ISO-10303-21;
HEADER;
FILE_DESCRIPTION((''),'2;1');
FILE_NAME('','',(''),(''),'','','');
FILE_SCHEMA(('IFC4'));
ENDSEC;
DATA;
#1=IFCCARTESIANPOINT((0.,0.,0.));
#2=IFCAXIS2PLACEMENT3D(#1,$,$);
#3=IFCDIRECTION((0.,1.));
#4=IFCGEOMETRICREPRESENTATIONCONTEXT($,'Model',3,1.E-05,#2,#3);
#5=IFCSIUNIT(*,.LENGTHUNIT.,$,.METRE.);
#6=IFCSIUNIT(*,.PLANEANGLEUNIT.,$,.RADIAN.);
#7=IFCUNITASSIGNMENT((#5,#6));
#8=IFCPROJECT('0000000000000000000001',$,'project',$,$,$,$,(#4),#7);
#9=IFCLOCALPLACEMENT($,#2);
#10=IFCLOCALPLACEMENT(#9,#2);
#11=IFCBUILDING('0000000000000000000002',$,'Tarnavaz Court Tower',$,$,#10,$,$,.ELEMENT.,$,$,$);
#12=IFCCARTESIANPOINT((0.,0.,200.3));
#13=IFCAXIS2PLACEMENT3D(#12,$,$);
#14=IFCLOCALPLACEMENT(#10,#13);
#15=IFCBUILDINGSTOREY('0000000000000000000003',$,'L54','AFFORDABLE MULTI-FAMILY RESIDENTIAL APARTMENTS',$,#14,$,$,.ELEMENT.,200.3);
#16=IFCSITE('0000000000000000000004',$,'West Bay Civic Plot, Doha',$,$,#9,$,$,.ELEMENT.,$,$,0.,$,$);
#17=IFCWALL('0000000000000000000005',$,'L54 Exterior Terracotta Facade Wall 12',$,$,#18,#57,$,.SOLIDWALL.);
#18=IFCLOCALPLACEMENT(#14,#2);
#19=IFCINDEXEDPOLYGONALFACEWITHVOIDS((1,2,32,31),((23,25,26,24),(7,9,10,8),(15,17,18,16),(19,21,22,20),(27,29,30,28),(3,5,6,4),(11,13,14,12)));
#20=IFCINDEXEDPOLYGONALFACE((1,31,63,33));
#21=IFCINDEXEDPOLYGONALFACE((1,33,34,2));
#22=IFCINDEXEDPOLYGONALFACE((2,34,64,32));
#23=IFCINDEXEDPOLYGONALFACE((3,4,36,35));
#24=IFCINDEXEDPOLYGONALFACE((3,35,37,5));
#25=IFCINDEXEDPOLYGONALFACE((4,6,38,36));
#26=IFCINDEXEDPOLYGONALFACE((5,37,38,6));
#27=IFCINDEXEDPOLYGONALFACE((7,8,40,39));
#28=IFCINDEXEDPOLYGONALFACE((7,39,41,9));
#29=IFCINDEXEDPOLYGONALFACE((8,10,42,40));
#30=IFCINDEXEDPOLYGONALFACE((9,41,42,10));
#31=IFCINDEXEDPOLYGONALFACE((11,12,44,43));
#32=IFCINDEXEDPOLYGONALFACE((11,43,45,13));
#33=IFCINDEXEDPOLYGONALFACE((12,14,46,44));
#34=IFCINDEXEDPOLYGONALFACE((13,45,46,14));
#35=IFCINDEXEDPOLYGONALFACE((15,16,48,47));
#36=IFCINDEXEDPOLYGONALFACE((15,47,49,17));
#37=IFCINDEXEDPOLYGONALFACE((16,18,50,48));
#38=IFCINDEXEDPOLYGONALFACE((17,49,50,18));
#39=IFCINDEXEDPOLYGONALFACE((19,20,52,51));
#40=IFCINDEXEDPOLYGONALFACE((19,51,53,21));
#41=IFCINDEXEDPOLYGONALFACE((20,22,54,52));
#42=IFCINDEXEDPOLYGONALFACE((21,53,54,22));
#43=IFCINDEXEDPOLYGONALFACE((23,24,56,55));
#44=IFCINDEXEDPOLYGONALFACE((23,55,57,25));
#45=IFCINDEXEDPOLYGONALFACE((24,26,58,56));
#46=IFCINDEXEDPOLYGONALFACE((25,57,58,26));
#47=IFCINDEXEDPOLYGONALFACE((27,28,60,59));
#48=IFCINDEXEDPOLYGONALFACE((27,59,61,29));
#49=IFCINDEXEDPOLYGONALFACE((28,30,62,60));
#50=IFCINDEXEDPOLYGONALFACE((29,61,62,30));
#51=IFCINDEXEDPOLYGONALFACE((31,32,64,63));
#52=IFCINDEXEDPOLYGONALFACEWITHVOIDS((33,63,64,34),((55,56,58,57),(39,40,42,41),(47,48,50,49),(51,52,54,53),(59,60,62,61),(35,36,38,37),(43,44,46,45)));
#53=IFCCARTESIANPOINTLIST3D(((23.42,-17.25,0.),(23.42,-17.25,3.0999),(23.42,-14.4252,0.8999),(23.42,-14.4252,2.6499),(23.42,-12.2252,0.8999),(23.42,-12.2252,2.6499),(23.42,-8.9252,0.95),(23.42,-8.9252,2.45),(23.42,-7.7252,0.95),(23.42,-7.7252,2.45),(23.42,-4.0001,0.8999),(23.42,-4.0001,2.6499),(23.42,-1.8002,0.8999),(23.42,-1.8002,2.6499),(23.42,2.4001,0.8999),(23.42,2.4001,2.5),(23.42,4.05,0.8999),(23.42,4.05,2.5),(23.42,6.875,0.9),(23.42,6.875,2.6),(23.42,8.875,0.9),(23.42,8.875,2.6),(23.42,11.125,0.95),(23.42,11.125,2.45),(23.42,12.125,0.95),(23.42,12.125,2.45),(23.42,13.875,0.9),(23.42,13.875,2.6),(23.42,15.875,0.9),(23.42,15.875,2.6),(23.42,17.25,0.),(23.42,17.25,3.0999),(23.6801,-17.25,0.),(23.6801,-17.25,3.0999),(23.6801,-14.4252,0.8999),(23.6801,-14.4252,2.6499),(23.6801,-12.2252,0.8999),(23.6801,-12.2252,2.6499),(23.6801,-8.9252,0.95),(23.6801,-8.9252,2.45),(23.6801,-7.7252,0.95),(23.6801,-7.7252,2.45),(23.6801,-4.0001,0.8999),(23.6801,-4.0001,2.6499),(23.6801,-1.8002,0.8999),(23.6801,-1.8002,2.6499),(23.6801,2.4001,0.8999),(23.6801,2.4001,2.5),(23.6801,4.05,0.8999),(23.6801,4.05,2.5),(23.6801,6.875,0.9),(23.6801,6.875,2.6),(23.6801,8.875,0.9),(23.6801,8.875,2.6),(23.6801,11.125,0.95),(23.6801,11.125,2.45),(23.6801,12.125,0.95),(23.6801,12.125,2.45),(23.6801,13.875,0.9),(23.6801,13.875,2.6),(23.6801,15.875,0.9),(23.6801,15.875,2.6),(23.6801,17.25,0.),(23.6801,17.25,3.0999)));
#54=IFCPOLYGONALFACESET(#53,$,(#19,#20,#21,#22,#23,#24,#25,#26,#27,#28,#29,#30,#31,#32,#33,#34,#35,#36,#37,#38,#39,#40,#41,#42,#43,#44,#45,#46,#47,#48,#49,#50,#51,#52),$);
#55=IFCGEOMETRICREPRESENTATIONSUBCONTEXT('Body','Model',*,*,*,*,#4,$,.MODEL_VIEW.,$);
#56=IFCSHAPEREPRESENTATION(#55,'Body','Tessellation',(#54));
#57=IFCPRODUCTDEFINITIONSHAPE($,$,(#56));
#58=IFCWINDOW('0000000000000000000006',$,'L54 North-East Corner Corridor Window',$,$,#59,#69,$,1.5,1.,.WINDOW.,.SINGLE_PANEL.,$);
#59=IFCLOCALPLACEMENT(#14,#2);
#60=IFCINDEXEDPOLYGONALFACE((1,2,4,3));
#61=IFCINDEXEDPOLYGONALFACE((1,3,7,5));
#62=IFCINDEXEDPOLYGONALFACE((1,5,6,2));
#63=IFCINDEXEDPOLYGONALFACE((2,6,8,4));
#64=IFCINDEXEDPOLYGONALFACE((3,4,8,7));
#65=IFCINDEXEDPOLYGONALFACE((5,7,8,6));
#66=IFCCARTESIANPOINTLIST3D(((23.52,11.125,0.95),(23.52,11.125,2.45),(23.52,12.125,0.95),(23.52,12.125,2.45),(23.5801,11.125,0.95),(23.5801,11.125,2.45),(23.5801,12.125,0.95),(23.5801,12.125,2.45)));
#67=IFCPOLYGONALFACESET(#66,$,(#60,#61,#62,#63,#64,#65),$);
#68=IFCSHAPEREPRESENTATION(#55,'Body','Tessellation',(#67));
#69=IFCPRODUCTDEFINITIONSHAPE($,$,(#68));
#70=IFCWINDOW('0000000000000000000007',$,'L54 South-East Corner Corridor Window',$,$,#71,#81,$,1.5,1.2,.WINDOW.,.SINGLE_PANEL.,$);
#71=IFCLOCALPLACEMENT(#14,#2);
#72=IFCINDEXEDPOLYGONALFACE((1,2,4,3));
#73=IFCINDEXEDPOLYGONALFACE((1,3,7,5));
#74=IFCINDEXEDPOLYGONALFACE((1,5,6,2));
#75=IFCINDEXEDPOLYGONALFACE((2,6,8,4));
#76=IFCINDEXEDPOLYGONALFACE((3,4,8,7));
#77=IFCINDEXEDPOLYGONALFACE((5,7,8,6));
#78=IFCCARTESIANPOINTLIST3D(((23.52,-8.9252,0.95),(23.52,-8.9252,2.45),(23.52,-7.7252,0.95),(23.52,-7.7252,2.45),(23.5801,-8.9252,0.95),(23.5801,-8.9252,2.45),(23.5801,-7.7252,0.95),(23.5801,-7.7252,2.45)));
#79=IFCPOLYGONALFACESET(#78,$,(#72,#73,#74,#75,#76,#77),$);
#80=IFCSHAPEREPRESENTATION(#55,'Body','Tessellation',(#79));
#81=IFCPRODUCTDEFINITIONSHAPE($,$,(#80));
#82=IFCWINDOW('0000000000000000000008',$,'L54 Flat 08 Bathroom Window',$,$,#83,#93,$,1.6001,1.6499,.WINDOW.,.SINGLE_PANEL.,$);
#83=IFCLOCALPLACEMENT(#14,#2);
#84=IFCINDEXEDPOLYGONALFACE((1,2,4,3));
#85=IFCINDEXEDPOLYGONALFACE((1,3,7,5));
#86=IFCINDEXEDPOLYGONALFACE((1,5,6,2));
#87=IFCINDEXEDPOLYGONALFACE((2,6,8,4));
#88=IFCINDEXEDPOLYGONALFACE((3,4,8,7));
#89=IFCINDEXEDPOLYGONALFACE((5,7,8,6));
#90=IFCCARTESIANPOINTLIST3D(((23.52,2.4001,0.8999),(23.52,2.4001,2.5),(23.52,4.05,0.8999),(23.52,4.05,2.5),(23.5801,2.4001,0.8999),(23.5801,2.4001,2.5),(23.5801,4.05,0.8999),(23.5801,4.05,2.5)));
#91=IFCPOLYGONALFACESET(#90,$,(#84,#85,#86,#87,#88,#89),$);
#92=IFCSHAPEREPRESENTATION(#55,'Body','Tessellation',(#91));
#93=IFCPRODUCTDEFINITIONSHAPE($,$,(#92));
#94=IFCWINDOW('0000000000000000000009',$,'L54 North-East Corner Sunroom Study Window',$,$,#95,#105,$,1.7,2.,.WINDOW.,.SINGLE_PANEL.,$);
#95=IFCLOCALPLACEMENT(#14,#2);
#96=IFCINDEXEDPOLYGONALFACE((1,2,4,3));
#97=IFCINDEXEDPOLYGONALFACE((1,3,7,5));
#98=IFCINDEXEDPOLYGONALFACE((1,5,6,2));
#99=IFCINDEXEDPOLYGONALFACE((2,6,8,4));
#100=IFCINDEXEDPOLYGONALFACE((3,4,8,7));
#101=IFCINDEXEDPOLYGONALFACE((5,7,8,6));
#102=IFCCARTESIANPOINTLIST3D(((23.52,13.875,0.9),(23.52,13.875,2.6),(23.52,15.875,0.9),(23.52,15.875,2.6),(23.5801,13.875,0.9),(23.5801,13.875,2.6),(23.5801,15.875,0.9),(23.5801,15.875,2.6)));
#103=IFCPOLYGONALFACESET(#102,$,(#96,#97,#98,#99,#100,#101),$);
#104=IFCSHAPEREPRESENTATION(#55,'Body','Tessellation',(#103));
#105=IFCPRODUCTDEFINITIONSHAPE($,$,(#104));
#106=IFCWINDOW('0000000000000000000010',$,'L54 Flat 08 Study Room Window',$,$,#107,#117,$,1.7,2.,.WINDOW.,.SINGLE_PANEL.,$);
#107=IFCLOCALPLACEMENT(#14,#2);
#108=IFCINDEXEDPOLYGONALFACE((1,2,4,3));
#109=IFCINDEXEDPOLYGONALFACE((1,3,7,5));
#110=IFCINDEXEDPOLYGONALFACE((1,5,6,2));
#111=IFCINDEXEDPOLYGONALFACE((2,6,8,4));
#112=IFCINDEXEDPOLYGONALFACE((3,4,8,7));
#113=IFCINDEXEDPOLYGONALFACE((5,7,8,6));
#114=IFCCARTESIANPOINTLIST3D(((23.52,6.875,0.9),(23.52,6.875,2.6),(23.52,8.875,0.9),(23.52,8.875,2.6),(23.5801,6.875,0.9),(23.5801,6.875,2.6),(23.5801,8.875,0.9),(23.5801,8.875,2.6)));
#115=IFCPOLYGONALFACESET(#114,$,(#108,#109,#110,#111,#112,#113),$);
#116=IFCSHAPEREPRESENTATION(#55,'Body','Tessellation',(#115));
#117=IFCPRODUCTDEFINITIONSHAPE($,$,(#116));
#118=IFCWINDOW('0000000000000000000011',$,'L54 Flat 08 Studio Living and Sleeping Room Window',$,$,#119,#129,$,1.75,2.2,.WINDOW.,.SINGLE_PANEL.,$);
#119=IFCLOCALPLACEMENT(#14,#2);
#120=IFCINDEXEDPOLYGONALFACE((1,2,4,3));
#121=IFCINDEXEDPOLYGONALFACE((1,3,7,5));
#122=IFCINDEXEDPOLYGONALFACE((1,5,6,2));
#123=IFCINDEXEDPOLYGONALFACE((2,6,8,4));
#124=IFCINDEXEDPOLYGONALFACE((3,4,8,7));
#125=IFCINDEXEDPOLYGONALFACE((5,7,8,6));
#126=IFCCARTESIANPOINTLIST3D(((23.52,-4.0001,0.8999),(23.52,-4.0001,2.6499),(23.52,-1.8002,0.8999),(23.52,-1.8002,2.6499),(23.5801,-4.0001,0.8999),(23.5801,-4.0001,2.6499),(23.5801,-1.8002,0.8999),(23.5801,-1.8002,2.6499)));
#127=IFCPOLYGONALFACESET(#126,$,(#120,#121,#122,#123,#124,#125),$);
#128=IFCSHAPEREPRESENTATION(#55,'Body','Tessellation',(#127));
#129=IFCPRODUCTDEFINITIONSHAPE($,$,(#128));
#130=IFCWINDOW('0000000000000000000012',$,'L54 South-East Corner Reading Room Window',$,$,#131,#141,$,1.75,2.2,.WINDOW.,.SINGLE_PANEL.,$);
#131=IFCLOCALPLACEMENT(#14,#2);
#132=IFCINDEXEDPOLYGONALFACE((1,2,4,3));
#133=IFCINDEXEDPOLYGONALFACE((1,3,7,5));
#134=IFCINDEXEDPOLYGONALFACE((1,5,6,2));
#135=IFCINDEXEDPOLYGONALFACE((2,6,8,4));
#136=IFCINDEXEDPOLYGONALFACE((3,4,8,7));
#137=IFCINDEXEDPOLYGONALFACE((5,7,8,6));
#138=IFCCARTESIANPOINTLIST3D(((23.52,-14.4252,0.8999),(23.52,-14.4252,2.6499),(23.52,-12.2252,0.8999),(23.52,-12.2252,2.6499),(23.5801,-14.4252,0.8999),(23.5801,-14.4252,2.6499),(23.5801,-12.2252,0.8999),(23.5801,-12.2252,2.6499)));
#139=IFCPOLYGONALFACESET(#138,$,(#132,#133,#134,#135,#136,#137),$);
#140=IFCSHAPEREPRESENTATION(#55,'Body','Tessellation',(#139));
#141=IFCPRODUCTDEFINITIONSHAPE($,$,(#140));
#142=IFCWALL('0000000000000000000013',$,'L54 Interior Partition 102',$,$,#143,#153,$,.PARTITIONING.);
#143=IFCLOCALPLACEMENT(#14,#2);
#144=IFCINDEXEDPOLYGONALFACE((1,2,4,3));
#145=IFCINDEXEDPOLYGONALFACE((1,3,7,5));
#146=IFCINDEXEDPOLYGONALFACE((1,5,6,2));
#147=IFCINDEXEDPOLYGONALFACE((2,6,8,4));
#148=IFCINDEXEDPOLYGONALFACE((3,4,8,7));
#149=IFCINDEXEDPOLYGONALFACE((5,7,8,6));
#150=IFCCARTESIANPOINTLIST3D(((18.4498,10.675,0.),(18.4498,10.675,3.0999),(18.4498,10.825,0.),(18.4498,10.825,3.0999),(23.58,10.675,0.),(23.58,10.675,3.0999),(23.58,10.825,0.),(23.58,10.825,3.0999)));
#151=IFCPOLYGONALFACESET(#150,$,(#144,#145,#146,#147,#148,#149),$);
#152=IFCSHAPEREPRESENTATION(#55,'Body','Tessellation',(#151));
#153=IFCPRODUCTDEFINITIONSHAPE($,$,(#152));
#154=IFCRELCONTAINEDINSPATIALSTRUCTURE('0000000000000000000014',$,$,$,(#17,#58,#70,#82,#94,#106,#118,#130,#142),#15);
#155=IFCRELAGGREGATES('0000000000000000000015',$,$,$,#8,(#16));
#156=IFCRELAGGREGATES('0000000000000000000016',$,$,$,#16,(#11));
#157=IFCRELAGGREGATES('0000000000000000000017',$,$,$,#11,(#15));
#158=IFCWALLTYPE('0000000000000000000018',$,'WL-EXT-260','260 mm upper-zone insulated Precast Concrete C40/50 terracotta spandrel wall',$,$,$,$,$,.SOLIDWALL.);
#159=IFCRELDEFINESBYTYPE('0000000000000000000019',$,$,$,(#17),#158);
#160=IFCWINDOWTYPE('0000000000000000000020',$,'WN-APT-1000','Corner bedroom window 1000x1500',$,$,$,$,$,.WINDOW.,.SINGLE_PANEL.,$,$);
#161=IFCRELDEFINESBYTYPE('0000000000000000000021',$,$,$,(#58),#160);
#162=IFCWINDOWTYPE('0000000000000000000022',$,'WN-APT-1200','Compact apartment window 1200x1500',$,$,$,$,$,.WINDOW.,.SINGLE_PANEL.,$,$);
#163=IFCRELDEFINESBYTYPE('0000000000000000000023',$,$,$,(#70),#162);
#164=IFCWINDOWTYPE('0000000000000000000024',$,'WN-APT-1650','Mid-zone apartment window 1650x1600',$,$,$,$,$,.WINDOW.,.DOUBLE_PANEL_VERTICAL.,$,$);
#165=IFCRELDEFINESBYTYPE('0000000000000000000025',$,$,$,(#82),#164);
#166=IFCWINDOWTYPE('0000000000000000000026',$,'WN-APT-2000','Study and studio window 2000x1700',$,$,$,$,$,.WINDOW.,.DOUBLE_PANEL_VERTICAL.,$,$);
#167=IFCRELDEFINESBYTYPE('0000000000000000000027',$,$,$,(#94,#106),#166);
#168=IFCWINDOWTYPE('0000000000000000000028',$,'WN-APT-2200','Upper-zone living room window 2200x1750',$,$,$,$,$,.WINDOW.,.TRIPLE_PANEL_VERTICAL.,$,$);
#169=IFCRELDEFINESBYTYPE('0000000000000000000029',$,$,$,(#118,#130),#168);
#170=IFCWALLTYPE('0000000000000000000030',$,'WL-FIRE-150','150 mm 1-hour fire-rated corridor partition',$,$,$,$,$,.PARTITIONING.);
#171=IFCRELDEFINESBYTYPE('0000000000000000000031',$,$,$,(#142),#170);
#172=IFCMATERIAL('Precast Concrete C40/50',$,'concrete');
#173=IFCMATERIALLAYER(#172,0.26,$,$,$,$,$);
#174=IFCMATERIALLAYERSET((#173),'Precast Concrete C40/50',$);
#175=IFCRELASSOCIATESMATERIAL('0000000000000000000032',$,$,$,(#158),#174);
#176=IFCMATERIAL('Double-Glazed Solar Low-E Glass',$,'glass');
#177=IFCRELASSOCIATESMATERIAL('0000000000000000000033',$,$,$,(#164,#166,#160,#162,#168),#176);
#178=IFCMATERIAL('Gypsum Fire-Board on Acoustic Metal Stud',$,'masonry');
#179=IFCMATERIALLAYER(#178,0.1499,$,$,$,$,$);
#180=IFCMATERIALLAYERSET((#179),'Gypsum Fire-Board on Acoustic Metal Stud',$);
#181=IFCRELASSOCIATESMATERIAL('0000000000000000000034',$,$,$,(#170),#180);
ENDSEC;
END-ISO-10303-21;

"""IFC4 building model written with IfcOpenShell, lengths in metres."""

from ifc_helpers import new_model, si_unit, direction, frame, frame_2d, origin, place, context, subcontext, project, spatial, rectangle, extrude, material, layer, layer_set, type_object, element, fill, save


model = new_model("IFC4")

# Units and contexts
model_context = context("Model", 3, precision=1e-05, world=origin(), true_north=direction((0.0, 1.0)))
body_context = subcontext(model_context, "Body", "Model", "MODEL_VIEW")
ifc_project = project(units=[si_unit("LENGTHUNIT", "METRE"), si_unit("PLANEANGLEUNIT", "RADIAN")], contexts=[model_context])

# Site, building, storey
site_placement = place(None, origin())
site = spatial("IfcSite", under=ifc_project, at=site_placement, Name="West Bay Civic Plot, Doha", CompositionType="ELEMENT", RefElevation=0.0)
building_placement = place(site_placement, origin())
building = spatial("IfcBuilding", under=site, at=building_placement, Name="Tarnavaz Court Tower", CompositionType="ELEMENT")
storey_placement = place(building_placement, frame((0.0, 0.0, 200.3)))
storey = spatial("IfcBuildingStorey", under=building, at=storey_placement, Name="L54", Description="AFFORDABLE MULTI-FAMILY RESIDENTIAL APARTMENTS", CompositionType="ELEMENT", Elevation=200.3)

# Shared definitions
ifc_material_1 = material(Name="Precast Concrete C40/50", Category="concrete")
ifc_layer_1 = layer(ifc_material_1, 0.26)
ifc_layer_set_1 = layer_set([ifc_layer_1], Name="Precast Concrete C40/50")
wall_type_1 = type_object("IfcWallType", Name="WL-EXT-260", Description="260 mm upper-zone insulated Precast Concrete C40/50 terracotta spandrel wall", PredefinedType="SOLIDWALL", material=ifc_layer_set_1)
ifc_material_2 = material(Name="Double-Glazed Solar Low-E Glass", Category="glass")
window_type_1 = type_object("IfcWindowType", Name="WN-APT-1650", Description="Mid-zone apartment window 1650x1600", PartitioningType="DOUBLE_PANEL_VERTICAL", PredefinedType="WINDOW", material=ifc_material_2)
window_type_2 = type_object("IfcWindowType", Name="WN-APT-2000", Description="Study and studio window 2000x1700", PartitioningType="DOUBLE_PANEL_VERTICAL", PredefinedType="WINDOW", material=ifc_material_2)

# Wall, openings, windows
wall_1_placement = place(storey_placement, frame((23.55, 17.25, 0.0), z_axis=(0.0, 0.0, 1.0), x_axis=(0.0, -1.0, 0.0)))
wall_1 = element("IfcWall", 1, at=wall_1_placement, inside=storey, type_object=wall_type_1, Name="L54 Exterior Terracotta Facade Wall 12", PredefinedType="SOLIDWALL", context=body_context, shape_type="SweptSolid", body=[
    extrude(rectangle(XDim=34.5, YDim=0.26, at=frame_2d((17.25, 0.0))), origin(), (0.0, 0.0, 1.0), 3.0999),
])
opening_1_placement = place(wall_1_placement, frame((1.375, 0.0, 0.8999)))
opening_1 = element("IfcOpeningElement", 2, at=opening_1_placement, cuts=wall_1, PredefinedType="OPENING", context=body_context, shape_type="SweptSolid", body=[
    extrude(rectangle(XDim=2.0, YDim=1.7, at=frame_2d((1.0, 0.8501))), frame((0.0, 0.1399, 0.0), z_axis=(0.0, -1.0, 0.0), x_axis=(1.0, 0.0, 0.0)), (0.0, 0.0, 1.0), 0.28),
])
opening_2_placement = place(wall_1_placement, frame((5.125, 0.0, 0.95)))
opening_2 = element("IfcOpeningElement", 3, at=opening_2_placement, cuts=wall_1, PredefinedType="OPENING", context=body_context, shape_type="SweptSolid", body=[
    extrude(rectangle(XDim=1.0, YDim=1.5, at=frame_2d((0.5, 0.75))), frame((0.0, 0.1399, 0.0), z_axis=(0.0, -1.0, 0.0), x_axis=(1.0, 0.0, 0.0)), (0.0, 0.0, 1.0), 0.28),
])
opening_3_placement = place(wall_1_placement, frame((8.375, 0.0, 0.8999)))
opening_3 = element("IfcOpeningElement", 4, at=opening_3_placement, cuts=wall_1, PredefinedType="OPENING", context=body_context, shape_type="SweptSolid", body=[
    extrude(rectangle(XDim=2.0, YDim=1.7, at=frame_2d((1.0, 0.8501))), frame((0.0, 0.1399, 0.0), z_axis=(0.0, -1.0, 0.0), x_axis=(1.0, 0.0, 0.0)), (0.0, 0.0, 1.0), 0.28),
])
opening_4_placement = place(wall_1_placement, frame((13.2, 0.0, 0.8999)))
opening_4 = element("IfcOpeningElement", 5, at=opening_4_placement, cuts=wall_1, PredefinedType="OPENING", context=body_context, shape_type="SweptSolid", body=[
    extrude(rectangle(XDim=1.6499, YDim=1.6001, at=frame_2d((0.825, 0.8))), frame((0.0, 0.1399, 0.0), z_axis=(0.0, -1.0, 0.0), x_axis=(1.0, 0.0, 0.0)), (0.0, 0.0, 1.0), 0.28),
])
opening_5_placement = place(wall_1_placement, frame((19.05, 0.0, 0.8999)))
opening_5 = element("IfcOpeningElement", 6, at=opening_5_placement, cuts=wall_1, PredefinedType="OPENING", context=body_context, shape_type="SweptSolid", body=[
    extrude(rectangle(XDim=2.2, YDim=1.75, at=frame_2d((1.1001, 0.875))), frame((0.0, 0.1399, 0.0), z_axis=(0.0, -1.0, 0.0), x_axis=(1.0, 0.0, 0.0)), (0.0, 0.0, 1.0), 0.28),
])
opening_6_placement = place(wall_1_placement, frame((24.9751, 0.0, 0.95)))
opening_6 = element("IfcOpeningElement", 7, at=opening_6_placement, cuts=wall_1, PredefinedType="OPENING", context=body_context, shape_type="SweptSolid", body=[
    extrude(rectangle(XDim=1.2, YDim=1.5, at=frame_2d((0.6001, 0.75))), frame((0.0, 0.1399, 0.0), z_axis=(0.0, -1.0, 0.0), x_axis=(1.0, 0.0, 0.0)), (0.0, 0.0, 1.0), 0.28),
])
opening_7_placement = place(wall_1_placement, frame((29.4751, 0.0, 0.8999)))
opening_7 = element("IfcOpeningElement", 8, at=opening_7_placement, cuts=wall_1, PredefinedType="OPENING", context=body_context, shape_type="SweptSolid", body=[
    extrude(rectangle(XDim=2.2, YDim=1.75, at=frame_2d((1.1001, 0.875))), frame((0.0, 0.1399, 0.0), z_axis=(0.0, -1.0, 0.0), x_axis=(1.0, 0.0, 0.0)), (0.0, 0.0, 1.0), 0.28),
])
window_type_3 = type_object("IfcWindowType", Name="WN-APT-1000", Description="Corner bedroom window 1000x1500", PartitioningType="SINGLE_PANEL", PredefinedType="WINDOW", material=ifc_material_2)
window_1_placement = place(opening_2_placement, origin())
window_1 = element("IfcWindow", 9, at=window_1_placement, inside=storey, type_object=window_type_3, Name="L54 North-East Corner Corridor Window", OverallHeight=1.5, OverallWidth=1.0, PartitioningType="SINGLE_PANEL", PredefinedType="WINDOW", context=body_context, shape_type="SweptSolid", body=[
    extrude(rectangle(XDim=1.0, YDim=1.5, at=frame_2d((0.5, 0.75))), frame((0.0, 0.03, 0.0), z_axis=(0.0, -1.0, 0.0), x_axis=(1.0, 0.0, 0.0)), (0.0, 0.0, 1.0), 0.0601),
])
fill(opening_2, window_1)
window_type_4 = type_object("IfcWindowType", Name="WN-APT-1200", Description="Compact apartment window 1200x1500", PartitioningType="SINGLE_PANEL", PredefinedType="WINDOW", material=ifc_material_2)
window_2_placement = place(opening_6_placement, origin())
window_2 = element("IfcWindow", 10, at=window_2_placement, inside=storey, type_object=window_type_4, Name="L54 South-East Corner Corridor Window", OverallHeight=1.5, OverallWidth=1.2, PartitioningType="SINGLE_PANEL", PredefinedType="WINDOW", context=body_context, shape_type="SweptSolid", body=[
    extrude(rectangle(XDim=1.2, YDim=1.5, at=frame_2d((0.6001, 0.75))), frame((0.0, 0.03, 0.0), z_axis=(0.0, -1.0, 0.0), x_axis=(1.0, 0.0, 0.0)), (0.0, 0.0, 1.0), 0.0601),
])
fill(opening_6, window_2)
window_3_placement = place(opening_4_placement, origin())
window_3 = element("IfcWindow", 11, at=window_3_placement, inside=storey, type_object=window_type_1, Name="L54 Flat 08 Bathroom Window", OverallHeight=1.6001, OverallWidth=1.6499, PartitioningType="SINGLE_PANEL", PredefinedType="WINDOW", context=body_context, shape_type="SweptSolid", body=[
    extrude(rectangle(XDim=1.6499, YDim=1.6001, at=frame_2d((0.825, 0.8))), frame((0.0, 0.03, 0.0), z_axis=(0.0, -1.0, 0.0), x_axis=(1.0, 0.0, 0.0)), (0.0, 0.0, 1.0), 0.0601),
])
fill(opening_4, window_3)
window_4_placement = place(opening_1_placement, origin())
window_4 = element("IfcWindow", 12, at=window_4_placement, inside=storey, type_object=window_type_2, Name="L54 North-East Corner Sunroom Study Window", OverallHeight=1.7, OverallWidth=2.0, PartitioningType="SINGLE_PANEL", PredefinedType="WINDOW", context=body_context, shape_type="SweptSolid", body=[
    extrude(rectangle(XDim=2.0, YDim=1.7, at=frame_2d((1.0, 0.8501))), frame((0.0, 0.03, 0.0), z_axis=(0.0, -1.0, 0.0), x_axis=(1.0, 0.0, 0.0)), (0.0, 0.0, 1.0), 0.0601),
])
fill(opening_1, window_4)
window_5_placement = place(opening_3_placement, origin())
window_5 = element("IfcWindow", 13, at=window_5_placement, inside=storey, type_object=window_type_2, Name="L54 Flat 08 Study Room Window", OverallHeight=1.7, OverallWidth=2.0, PartitioningType="SINGLE_PANEL", PredefinedType="WINDOW", context=body_context, shape_type="SweptSolid", body=[
    extrude(rectangle(XDim=2.0, YDim=1.7, at=frame_2d((1.0, 0.8501))), frame((0.0, 0.03, 0.0), z_axis=(0.0, -1.0, 0.0), x_axis=(1.0, 0.0, 0.0)), (0.0, 0.0, 1.0), 0.0601),
])
fill(opening_3, window_5)
window_type_5 = type_object("IfcWindowType", Name="WN-APT-2200", Description="Upper-zone living room window 2200x1750", PartitioningType="TRIPLE_PANEL_VERTICAL", PredefinedType="WINDOW", material=ifc_material_2)
window_6_placement = place(opening_5_placement, origin())
window_6 = element("IfcWindow", 14, at=window_6_placement, inside=storey, type_object=window_type_5, Name="L54 Flat 08 Studio Living and Sleeping Room Window", OverallHeight=1.75, OverallWidth=2.2, PartitioningType="SINGLE_PANEL", PredefinedType="WINDOW", context=body_context, shape_type="SweptSolid", body=[
    extrude(rectangle(XDim=2.2, YDim=1.75, at=frame_2d((1.1001, 0.875))), frame((0.0, 0.03, 0.0), z_axis=(0.0, -1.0, 0.0), x_axis=(1.0, 0.0, 0.0)), (0.0, 0.0, 1.0), 0.0601),
])
fill(opening_5, window_6)
window_7_placement = place(opening_7_placement, origin())
window_7 = element("IfcWindow", 15, at=window_7_placement, inside=storey, type_object=window_type_5, Name="L54 South-East Corner Reading Room Window", OverallHeight=1.75, OverallWidth=2.2, PartitioningType="SINGLE_PANEL", PredefinedType="WINDOW", context=body_context, shape_type="SweptSolid", body=[
    extrude(rectangle(XDim=2.2, YDim=1.75, at=frame_2d((1.1001, 0.875))), frame((0.0, 0.03, 0.0), z_axis=(0.0, -1.0, 0.0), x_axis=(1.0, 0.0, 0.0)), (0.0, 0.0, 1.0), 0.0601),
])
fill(opening_7, window_7)

# Wall
ifc_material_3 = material(Name="Gypsum Fire-Board on Acoustic Metal Stud", Category="masonry")
ifc_layer_2 = layer(ifc_material_3, 0.1499)
ifc_layer_set_2 = layer_set([ifc_layer_2], Name="Gypsum Fire-Board on Acoustic Metal Stud")
wall_type_2 = type_object("IfcWallType", Name="WL-FIRE-150", Description="150 mm 1-hour fire-rated corridor partition", PredefinedType="PARTITIONING", material=ifc_layer_set_2)
wall_2_placement = place(storey_placement, frame((18.45, 10.75, 0.0), z_axis=(0.0, 0.0, 1.0), x_axis=(1.0, 0.0, 0.0)))
element("IfcWall", 16, at=wall_2_placement, inside=storey, type_object=wall_type_2, Name="L54 Interior Partition 102", PredefinedType="PARTITIONING", context=body_context, shape_type="SweptSolid", body=[
    extrude(rectangle(XDim=5.1301, YDim=0.1499, at=frame_2d((2.5649, 0.0))), origin(), (0.0, 0.0, 1.0), 3.0999),
])

save(model, "model.ifc")
